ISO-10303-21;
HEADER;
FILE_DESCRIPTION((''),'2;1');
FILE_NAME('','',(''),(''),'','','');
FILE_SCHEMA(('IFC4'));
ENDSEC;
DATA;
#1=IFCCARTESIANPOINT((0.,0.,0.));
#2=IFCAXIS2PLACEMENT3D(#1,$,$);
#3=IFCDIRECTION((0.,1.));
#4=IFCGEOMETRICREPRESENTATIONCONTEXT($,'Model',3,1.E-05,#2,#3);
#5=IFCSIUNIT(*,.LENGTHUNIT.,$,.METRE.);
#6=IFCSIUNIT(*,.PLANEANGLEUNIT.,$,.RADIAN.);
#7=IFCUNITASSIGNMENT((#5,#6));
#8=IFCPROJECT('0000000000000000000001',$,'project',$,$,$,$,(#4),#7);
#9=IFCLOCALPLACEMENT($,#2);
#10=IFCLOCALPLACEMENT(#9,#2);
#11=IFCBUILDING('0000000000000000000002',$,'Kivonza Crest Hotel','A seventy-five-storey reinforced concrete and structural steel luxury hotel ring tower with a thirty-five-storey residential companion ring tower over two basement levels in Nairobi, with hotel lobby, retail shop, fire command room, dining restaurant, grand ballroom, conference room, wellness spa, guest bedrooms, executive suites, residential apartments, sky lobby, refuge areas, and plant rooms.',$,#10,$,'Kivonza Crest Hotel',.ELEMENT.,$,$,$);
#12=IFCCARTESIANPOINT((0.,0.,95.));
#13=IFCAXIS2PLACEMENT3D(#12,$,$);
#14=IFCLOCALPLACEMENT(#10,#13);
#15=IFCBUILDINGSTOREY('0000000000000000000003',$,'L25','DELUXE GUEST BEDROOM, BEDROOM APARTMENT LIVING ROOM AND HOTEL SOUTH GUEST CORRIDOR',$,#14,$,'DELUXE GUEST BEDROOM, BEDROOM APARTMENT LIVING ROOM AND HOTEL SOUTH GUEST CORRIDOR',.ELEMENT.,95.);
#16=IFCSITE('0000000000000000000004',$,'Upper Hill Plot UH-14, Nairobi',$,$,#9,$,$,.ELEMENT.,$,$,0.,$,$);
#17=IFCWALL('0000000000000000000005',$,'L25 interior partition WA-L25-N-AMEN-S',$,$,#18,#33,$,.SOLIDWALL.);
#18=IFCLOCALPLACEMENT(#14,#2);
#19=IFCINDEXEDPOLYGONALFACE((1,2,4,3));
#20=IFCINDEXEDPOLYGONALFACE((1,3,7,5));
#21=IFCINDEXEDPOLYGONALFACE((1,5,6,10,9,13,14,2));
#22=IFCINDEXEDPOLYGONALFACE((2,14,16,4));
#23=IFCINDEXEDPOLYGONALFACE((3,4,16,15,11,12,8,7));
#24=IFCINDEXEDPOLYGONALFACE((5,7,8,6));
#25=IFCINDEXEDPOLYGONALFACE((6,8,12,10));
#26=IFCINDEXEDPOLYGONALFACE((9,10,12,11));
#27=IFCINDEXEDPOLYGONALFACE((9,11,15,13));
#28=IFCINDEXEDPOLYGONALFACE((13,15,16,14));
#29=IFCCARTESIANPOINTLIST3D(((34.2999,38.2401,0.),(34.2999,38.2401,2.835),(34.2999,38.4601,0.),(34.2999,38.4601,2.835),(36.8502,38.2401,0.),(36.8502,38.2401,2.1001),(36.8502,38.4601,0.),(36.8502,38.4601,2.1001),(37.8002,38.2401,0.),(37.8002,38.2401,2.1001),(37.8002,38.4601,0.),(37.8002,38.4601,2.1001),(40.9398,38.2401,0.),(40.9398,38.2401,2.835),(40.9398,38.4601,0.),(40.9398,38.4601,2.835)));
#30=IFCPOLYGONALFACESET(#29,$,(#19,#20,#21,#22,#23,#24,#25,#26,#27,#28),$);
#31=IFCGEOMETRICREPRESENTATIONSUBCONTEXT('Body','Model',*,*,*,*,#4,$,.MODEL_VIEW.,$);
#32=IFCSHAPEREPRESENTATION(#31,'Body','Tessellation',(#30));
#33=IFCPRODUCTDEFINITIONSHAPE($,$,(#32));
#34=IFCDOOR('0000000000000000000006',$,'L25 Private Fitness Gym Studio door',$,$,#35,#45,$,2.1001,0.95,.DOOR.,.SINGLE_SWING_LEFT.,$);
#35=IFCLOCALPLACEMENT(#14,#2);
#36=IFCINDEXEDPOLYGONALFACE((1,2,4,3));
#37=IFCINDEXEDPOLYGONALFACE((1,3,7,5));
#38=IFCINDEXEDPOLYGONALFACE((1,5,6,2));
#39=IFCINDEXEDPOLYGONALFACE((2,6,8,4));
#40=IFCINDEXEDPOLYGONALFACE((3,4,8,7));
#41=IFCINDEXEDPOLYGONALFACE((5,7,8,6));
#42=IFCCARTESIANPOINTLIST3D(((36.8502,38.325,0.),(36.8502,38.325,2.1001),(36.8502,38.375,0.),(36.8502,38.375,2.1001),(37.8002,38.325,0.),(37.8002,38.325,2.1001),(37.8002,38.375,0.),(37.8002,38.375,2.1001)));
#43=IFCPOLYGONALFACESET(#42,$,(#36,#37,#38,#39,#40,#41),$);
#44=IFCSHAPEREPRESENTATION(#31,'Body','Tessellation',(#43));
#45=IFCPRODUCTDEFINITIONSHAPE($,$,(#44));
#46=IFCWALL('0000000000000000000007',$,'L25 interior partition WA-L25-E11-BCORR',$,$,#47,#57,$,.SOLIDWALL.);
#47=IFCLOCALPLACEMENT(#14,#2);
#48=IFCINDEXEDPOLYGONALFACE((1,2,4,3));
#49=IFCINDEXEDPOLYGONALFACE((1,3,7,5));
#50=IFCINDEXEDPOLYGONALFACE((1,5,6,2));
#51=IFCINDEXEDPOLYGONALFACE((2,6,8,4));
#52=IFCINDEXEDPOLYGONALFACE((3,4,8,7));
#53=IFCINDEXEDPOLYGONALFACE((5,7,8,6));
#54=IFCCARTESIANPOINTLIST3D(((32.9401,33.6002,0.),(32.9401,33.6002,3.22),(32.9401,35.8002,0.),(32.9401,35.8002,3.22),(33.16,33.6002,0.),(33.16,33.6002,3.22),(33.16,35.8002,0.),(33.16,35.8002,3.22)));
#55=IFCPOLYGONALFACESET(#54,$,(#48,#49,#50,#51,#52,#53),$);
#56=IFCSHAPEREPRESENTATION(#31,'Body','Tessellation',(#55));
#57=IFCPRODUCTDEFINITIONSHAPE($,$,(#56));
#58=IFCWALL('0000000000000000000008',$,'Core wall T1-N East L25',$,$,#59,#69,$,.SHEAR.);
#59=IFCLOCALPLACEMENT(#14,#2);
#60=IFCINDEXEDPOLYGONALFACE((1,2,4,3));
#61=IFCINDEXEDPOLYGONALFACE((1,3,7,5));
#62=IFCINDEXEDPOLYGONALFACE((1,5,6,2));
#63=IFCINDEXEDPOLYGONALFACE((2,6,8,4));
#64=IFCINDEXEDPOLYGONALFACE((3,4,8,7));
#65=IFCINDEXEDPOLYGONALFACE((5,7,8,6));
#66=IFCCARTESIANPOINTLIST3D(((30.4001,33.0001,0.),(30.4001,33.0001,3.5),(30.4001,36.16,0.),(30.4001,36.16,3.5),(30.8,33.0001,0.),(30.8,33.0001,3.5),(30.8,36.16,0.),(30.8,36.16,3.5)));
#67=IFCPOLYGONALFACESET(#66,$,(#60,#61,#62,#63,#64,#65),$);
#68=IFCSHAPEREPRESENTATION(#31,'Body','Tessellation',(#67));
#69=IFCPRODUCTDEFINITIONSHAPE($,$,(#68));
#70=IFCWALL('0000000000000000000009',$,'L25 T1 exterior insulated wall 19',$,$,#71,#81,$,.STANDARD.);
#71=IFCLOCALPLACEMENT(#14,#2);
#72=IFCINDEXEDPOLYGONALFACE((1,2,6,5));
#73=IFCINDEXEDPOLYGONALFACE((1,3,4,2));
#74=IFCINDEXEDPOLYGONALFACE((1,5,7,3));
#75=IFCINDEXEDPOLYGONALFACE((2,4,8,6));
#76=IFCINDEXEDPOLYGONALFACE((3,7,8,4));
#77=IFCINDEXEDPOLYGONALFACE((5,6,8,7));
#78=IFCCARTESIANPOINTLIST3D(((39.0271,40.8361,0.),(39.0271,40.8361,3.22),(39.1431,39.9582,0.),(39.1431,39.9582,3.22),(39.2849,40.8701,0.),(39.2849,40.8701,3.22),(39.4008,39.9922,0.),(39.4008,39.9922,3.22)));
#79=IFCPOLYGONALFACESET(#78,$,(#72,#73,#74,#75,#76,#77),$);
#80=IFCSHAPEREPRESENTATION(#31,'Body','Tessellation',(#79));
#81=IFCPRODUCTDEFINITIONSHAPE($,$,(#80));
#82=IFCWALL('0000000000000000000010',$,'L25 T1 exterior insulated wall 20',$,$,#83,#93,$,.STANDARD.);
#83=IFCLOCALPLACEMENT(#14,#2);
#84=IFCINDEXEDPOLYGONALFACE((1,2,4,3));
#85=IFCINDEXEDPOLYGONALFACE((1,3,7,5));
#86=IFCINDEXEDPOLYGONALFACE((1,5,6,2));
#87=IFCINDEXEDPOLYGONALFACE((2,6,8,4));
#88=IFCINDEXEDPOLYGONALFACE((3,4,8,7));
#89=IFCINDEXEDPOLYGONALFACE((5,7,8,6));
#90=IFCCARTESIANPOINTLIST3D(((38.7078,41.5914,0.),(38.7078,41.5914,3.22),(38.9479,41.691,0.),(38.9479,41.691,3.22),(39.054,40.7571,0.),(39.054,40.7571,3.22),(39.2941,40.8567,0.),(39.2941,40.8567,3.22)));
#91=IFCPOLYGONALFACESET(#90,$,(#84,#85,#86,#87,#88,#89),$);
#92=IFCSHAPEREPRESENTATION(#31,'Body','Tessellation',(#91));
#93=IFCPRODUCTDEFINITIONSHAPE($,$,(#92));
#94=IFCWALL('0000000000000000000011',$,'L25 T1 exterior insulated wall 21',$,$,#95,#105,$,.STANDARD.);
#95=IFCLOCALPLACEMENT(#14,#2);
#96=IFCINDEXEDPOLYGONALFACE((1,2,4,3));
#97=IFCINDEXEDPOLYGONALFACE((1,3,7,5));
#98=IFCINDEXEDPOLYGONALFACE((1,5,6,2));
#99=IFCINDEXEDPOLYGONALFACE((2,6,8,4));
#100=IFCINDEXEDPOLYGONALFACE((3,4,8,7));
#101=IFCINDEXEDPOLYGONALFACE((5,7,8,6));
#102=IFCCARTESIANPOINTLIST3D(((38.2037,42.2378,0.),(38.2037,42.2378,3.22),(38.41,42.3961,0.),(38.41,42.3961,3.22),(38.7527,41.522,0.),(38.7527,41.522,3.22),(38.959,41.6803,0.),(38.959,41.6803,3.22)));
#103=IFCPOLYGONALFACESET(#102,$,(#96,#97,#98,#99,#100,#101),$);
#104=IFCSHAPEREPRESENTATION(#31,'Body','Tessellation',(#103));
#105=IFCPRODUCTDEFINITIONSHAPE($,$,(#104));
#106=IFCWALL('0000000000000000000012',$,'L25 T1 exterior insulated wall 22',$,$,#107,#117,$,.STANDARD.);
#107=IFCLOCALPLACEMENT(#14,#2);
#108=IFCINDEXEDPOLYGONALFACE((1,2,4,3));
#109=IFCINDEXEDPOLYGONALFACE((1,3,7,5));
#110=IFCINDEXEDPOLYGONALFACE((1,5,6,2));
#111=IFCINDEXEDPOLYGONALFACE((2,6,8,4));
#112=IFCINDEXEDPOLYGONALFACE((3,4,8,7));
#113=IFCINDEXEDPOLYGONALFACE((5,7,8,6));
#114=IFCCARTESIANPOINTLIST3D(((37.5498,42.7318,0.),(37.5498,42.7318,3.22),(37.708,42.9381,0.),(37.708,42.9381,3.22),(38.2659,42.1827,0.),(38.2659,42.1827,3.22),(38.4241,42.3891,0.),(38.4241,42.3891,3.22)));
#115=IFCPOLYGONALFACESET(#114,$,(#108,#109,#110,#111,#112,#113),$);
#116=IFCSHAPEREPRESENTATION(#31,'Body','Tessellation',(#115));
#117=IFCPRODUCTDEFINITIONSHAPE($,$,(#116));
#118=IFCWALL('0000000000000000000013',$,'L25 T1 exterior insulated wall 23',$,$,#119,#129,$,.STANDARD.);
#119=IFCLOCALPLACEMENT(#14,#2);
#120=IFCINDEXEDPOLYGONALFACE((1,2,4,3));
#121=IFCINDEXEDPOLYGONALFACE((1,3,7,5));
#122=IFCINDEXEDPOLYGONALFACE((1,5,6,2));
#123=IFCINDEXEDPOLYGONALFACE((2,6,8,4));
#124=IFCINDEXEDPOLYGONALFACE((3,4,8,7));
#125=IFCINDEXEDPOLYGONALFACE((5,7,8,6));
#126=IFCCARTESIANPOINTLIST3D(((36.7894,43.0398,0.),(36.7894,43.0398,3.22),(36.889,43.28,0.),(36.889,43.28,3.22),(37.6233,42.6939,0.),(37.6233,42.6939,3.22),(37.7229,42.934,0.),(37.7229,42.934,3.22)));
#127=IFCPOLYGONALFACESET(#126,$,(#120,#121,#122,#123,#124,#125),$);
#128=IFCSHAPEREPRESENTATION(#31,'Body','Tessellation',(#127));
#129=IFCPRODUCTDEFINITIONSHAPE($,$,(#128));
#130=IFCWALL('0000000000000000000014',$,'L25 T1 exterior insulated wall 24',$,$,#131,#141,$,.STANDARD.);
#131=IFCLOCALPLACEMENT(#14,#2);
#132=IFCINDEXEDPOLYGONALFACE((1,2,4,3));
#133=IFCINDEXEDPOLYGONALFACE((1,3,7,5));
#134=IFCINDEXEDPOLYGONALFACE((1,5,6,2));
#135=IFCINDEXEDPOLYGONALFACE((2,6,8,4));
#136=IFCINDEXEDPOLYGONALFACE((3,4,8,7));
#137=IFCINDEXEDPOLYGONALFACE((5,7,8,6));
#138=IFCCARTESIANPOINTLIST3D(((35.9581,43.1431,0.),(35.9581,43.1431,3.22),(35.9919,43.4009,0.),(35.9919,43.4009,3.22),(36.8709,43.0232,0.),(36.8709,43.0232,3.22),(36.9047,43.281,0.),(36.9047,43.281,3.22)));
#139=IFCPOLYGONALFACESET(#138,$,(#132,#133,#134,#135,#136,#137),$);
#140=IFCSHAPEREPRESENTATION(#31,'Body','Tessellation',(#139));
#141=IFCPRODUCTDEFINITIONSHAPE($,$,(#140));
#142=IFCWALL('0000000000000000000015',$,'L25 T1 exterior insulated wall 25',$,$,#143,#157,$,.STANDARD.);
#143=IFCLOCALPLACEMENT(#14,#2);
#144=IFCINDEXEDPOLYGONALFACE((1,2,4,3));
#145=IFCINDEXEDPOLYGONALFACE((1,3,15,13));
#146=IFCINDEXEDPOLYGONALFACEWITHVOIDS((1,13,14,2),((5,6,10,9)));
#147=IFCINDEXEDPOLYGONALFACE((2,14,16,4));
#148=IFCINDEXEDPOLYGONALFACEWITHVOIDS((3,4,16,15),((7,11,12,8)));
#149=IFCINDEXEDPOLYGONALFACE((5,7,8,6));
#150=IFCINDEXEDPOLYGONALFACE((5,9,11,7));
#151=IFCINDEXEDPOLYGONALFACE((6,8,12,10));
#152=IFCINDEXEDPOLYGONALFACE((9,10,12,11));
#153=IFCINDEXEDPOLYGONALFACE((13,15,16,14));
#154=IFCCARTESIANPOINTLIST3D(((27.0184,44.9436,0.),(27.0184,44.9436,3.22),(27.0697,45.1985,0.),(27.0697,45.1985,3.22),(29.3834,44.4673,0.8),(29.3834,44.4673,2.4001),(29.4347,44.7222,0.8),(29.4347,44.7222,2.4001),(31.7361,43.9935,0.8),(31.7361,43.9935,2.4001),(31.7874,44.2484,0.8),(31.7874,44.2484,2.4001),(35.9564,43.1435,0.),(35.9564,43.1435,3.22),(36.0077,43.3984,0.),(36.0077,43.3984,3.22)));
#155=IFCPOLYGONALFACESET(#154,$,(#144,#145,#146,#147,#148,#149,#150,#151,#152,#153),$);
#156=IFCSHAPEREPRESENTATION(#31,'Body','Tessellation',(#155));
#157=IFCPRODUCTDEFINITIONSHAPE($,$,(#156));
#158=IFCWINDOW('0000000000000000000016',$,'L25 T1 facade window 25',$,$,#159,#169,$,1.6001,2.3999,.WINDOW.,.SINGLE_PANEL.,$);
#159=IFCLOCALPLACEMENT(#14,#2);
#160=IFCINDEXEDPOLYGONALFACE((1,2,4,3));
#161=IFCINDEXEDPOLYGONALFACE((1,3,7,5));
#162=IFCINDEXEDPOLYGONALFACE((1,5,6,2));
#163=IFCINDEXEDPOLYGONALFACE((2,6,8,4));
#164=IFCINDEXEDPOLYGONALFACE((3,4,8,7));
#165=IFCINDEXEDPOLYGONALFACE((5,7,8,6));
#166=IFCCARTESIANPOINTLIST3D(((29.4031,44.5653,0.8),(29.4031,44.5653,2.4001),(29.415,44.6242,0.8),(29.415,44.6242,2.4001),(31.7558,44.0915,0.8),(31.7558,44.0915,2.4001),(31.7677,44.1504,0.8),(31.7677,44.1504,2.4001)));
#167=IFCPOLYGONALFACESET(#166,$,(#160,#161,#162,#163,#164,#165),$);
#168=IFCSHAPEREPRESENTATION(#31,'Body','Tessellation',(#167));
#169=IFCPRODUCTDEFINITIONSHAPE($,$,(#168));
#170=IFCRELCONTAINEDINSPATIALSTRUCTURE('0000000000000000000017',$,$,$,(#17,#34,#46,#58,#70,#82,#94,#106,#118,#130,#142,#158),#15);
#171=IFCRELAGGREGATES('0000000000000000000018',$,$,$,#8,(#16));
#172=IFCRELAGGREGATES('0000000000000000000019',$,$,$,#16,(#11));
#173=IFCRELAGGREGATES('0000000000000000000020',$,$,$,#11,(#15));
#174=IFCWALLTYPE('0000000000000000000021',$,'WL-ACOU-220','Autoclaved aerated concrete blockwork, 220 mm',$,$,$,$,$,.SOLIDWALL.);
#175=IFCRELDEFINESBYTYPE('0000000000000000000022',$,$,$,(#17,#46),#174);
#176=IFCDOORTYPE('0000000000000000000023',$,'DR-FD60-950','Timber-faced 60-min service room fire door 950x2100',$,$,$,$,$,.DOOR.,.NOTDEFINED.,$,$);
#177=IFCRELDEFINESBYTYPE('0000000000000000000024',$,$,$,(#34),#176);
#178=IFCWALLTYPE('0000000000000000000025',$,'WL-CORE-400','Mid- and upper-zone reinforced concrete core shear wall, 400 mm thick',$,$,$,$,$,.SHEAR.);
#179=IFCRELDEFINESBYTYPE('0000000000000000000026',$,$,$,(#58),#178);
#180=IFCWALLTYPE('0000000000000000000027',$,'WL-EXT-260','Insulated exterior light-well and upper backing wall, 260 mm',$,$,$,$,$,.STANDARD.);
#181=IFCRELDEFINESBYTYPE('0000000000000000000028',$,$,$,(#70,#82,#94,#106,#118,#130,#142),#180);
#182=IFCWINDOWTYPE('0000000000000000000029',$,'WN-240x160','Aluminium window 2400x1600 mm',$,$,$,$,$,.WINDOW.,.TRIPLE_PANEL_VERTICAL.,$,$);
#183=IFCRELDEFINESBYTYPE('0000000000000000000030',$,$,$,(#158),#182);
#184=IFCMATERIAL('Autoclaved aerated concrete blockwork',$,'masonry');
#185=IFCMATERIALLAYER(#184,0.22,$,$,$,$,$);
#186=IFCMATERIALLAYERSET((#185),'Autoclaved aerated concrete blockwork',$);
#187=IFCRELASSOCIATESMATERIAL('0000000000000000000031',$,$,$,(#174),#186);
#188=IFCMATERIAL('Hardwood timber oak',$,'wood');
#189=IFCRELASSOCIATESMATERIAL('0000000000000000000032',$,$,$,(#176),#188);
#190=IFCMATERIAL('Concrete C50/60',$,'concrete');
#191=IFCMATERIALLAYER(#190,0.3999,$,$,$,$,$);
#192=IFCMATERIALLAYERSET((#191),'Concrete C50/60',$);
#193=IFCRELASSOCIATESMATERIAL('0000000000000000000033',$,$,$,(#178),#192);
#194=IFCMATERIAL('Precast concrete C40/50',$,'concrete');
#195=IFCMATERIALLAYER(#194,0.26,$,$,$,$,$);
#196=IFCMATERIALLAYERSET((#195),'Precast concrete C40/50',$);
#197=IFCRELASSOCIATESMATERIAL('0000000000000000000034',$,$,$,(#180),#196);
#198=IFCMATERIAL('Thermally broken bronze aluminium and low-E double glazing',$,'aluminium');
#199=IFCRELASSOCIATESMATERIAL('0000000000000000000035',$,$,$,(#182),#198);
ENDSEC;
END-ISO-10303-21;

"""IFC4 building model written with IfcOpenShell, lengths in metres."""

from ifc_helpers import new_model, si_unit, direction, frame, frame_2d, origin, place, context, subcontext, project, spatial, rectangle, extrude, material, layer, layer_set, type_object, element, fill, save


model = new_model("IFC4")

# Units and contexts
model_context = context("Model", 3, precision=1e-05, world=origin(), true_north=direction((0.0, 1.0)))
body_context = subcontext(model_context, "Body", "Model", "MODEL_VIEW")
ifc_project = project(units=[si_unit("LENGTHUNIT", "METRE"), si_unit("PLANEANGLEUNIT", "RADIAN")], contexts=[model_context])

# Site, building, storey
site_placement = place(None, origin())
site = spatial("IfcSite", under=ifc_project, at=site_placement, Name="Upper Hill Plot UH-14, Nairobi", CompositionType="ELEMENT", RefElevation=0.0)
building_placement = place(site_placement, origin())
building = spatial("IfcBuilding", under=site, at=building_placement, Name="Kivonza Crest Hotel", Description="A seventy-five-storey reinforced concrete and structural steel luxury hotel ring tower with a thirty-five-storey residential companion ring tower over two basement levels in Nairobi, with hotel lobby, retail shop, fire command room, dining restaurant, grand ballroom, conference room, wellness spa, guest bedrooms, executive suites, residential apartments, sky lobby, refuge areas, and plant rooms.", LongName="Kivonza Crest Hotel", CompositionType="ELEMENT")
storey_placement = place(building_placement, frame((0.0, 0.0, 95.0)))
storey = spatial("IfcBuildingStorey", under=building, at=storey_placement, Name="L25", Description="DELUXE GUEST BEDROOM, BEDROOM APARTMENT LIVING ROOM AND HOTEL SOUTH GUEST CORRIDOR", LongName="DELUXE GUEST BEDROOM, BEDROOM APARTMENT LIVING ROOM AND HOTEL SOUTH GUEST CORRIDOR", CompositionType="ELEMENT", Elevation=95.0)

# Wall, opening, door
ifc_material_1 = material(Name="Autoclaved aerated concrete blockwork", Category="masonry")
ifc_layer_1 = layer(ifc_material_1, 0.22)
ifc_layer_set_1 = layer_set([ifc_layer_1], Name="Autoclaved aerated concrete blockwork")
wall_type_1 = type_object("IfcWallType", Name="WL-ACOU-220", Description="Autoclaved aerated concrete blockwork, 220 mm", PredefinedType="SOLIDWALL", material=ifc_layer_set_1)
wall_1_placement = place(storey_placement, frame((34.3, 38.3501, 0.0), z_axis=(0.0, 0.0, 1.0), x_axis=(1.0, 0.0, 0.0)))
wall_1 = element("IfcWall", 1, at=wall_1_placement, inside=storey, type_object=wall_type_1, Name="L25 interior partition WA-L25-N-AMEN-S", PredefinedType="SOLIDWALL", context=body_context, shape_type="SweptSolid", body=[
    extrude(rectangle(XDim=6.6399, YDim=0.22, at=frame_2d((3.3198, 0.0))), origin(), (0.0, 0.0, 1.0), 2.835),
])
opening_1_placement = place(wall_1_placement, frame((2.55, 0.0, 0.0)))
opening_1 = element("IfcOpeningElement", 2, at=opening_1_placement, cuts=wall_1, PredefinedType="OPENING", context=body_context, shape_type="SweptSolid", body=[
    extrude(rectangle(XDim=0.95, YDim=2.1001, at=frame_2d((0.4751, 1.05))), frame((0.0, 0.1201, 0.0), z_axis=(0.0, -1.0, 0.0), x_axis=(1.0, 0.0, 0.0)), (0.0, 0.0, 1.0), 0.24),
])
ifc_material_2 = material(Name="Hardwood timber oak", Category="wood")
door_type_1 = type_object("IfcDoorType", Name="DR-FD60-950", Description="Timber-faced 60-min service room fire door 950x2100", OperationType="NOTDEFINED", PredefinedType="DOOR", material=ifc_material_2)
door_1_placement = place(opening_1_placement, origin())
door_1 = element("IfcDoor", 3, at=door_1_placement, inside=storey, type_object=door_type_1, Name="L25 Private Fitness Gym Studio door", OperationType="SINGLE_SWING_LEFT", OverallHeight=2.1001, OverallWidth=0.95, PredefinedType="DOOR", context=body_context, shape_type="SweptSolid", body=[
    extrude(rectangle(XDim=0.95, YDim=2.1001, at=frame_2d((0.4751, 1.05))), frame((0.0, 0.0249, 0.0), z_axis=(0.0, -1.0, 0.0), x_axis=(1.0, 0.0, 0.0)), (0.0, 0.0, 1.0), 0.05),
])
fill(opening_1, door_1)

# Walls
wall_2_placement = place(storey_placement, frame((33.05, 33.6001, 0.0), z_axis=(0.0, 0.0, 1.0), x_axis=(0.0, 1.0, 0.0)))
element("IfcWall", 4, at=wall_2_placement, inside=storey, type_object=wall_type_1, Name="L25 interior partition WA-L25-E11-BCORR", PredefinedType="SOLIDWALL", context=body_context, shape_type="SweptSolid", body=[
    extrude(rectangle(XDim=2.2, YDim=0.22, at=frame_2d((1.1001, 0.0))), origin(), (0.0, 0.0, 1.0), 3.22),
])
ifc_material_3 = material(Name="Concrete C50/60", Category="concrete")
ifc_layer_2 = layer(ifc_material_3, 0.3999)
ifc_layer_set_2 = layer_set([ifc_layer_2], Name="Concrete C50/60")
wall_type_2 = type_object("IfcWallType", Name="WL-CORE-400", Description="Mid- and upper-zone reinforced concrete core shear wall, 400 mm thick", PredefinedType="SHEAR", material=ifc_layer_set_2)
wall_3_placement = place(storey_placement, frame((30.6001, 33.0, 0.0), z_axis=(0.0, 0.0, 1.0), x_axis=(0.0, 1.0, 0.0)))
element("IfcWall", 5, at=wall_3_placement, inside=storey, type_object=wall_type_2, Name="Core wall T1-N East L25", PredefinedType="SHEAR", context=body_context, shape_type="SweptSolid", body=[
    extrude(rectangle(XDim=3.1599, YDim=0.3999, at=frame_2d((1.5801, 0.0))), origin(), (0.0, 0.0, 1.0), 3.5),
])
ifc_material_4 = material(Name="Precast concrete C40/50", Category="concrete")
ifc_layer_3 = layer(ifc_material_4, 0.26)
ifc_layer_set_3 = layer_set([ifc_layer_3], Name="Precast concrete C40/50")
wall_type_3 = type_object("IfcWallType", Name="WL-EXT-260", Description="Insulated exterior light-well and upper backing wall, 260 mm", PredefinedType="STANDARD", material=ifc_layer_set_3)
wall_4_placement = place(storey_placement, frame((39.272, 39.9751, 0.0), z_axis=(0.0, 0.0, 1.0), x_axis=(-0.130954, 0.991388, 0.0)))
element("IfcWall", 6, at=wall_4_placement, inside=storey, type_object=wall_type_3, Name="L25 T1 exterior insulated wall 19", PredefinedType="STANDARD", context=body_context, shape_type="SweptSolid", body=[
    extrude(rectangle(XDim=0.8855, YDim=0.26, at=frame_2d((0.4429, 0.0))), origin(), (0.0, 0.0, 1.0), 3.22),
])
wall_5_placement = place(storey_placement, frame((39.1741, 40.8069, 0.0), z_axis=(0.0, 0.0, 1.0), x_axis=(-0.383291, 0.923628, 0.0)))
element("IfcWall", 7, at=wall_5_placement, inside=storey, type_object=wall_type_3, Name="L25 T1 exterior insulated wall 20", PredefinedType="STANDARD", context=body_context, shape_type="SweptSolid", body=[
    extrude(rectangle(XDim=0.9033, YDim=0.26, at=frame_2d((0.4517, 0.0))), origin(), (0.0, 0.0, 1.0), 3.22),
])
wall_6_placement = place(storey_placement, frame((38.856, 41.6011, 0.0), z_axis=(0.0, 0.0, 1.0), x_axis=(-0.608625, 0.793458, 0.0)))
element("IfcWall", 8, at=wall_6_placement, inside=storey, type_object=wall_type_3, Name="L25 T1 exterior insulated wall 21", PredefinedType="STANDARD", context=body_context, shape_type="SweptSolid", body=[
    extrude(rectangle(XDim=0.9021, YDim=0.26, at=frame_2d((0.4512, 0.0))), origin(), (0.0, 0.0, 1.0), 3.22),
])
wall_7_placement = place(storey_placement, frame((38.345, 42.2859, 0.0), z_axis=(0.0, 0.0, 1.0), x_axis=(-0.793558, 0.608494, 0.0)))
element("IfcWall", 9, at=wall_7_placement, inside=storey, type_object=wall_type_3, Name="L25 T1 exterior insulated wall 22", PredefinedType="STANDARD", context=body_context, shape_type="SweptSolid", body=[
    extrude(rectangle(XDim=0.9023, YDim=0.26, at=frame_2d((0.4512, 0.0))), origin(), (0.0, 0.0, 1.0), 3.22),
])
wall_8_placement = place(storey_placement, frame((37.6731, 42.814, 0.0), z_axis=(0.0, 0.0, 1.0), x_axis=(-0.923684, 0.383156, 0.0)))
element("IfcWall", 10, at=wall_8_placement, inside=storey, type_object=wall_type_3, Name="L25 T1 exterior insulated wall 23", PredefinedType="STANDARD", context=body_context, shape_type="SweptSolid", body=[
    extrude(rectangle(XDim=0.9028, YDim=0.26, at=frame_2d((0.4514, 0.0))), origin(), (0.0, 0.0, 1.0), 3.22),
])
wall_9_placement = place(storey_placement, frame((36.8879, 43.1521, 0.0), z_axis=(0.0, 0.0, 1.0), x_axis=(-0.991488, 0.130201, 0.0)))
element("IfcWall", 11, at=wall_9_placement, inside=storey, type_object=wall_type_3, Name="L25 T1 exterior insulated wall 24", PredefinedType="STANDARD", context=body_context, shape_type="SweptSolid", body=[
    extrude(rectangle(XDim=0.9207, YDim=0.26, at=frame_2d((0.4604, 0.0))), origin(), (0.0, 0.0, 1.0), 3.22),
])

# Wall, opening, window
wall_10_placement = place(storey_placement, frame((35.9819, 43.271, 0.0), z_axis=(0.0, 0.0, 1.0), x_axis=(-0.980317, 0.197429, 0.0)))
wall_10 = element("IfcWall", 12, at=wall_10_placement, inside=storey, type_object=wall_type_3, Name="L25 T1 exterior insulated wall 25", PredefinedType="STANDARD", context=body_context, shape_type="SweptSolid", body=[
    extrude(rectangle(XDim=9.1174, YDim=0.26, at=frame_2d((4.5586, 0.0))), origin(), (0.0, 0.0, 1.0), 3.22),
])
opening_2_placement = place(wall_10_placement, frame((4.3049, 0.0, 0.8)))
opening_2 = element("IfcOpeningElement", 13, at=opening_2_placement, cuts=wall_10, PredefinedType="OPENING", context=body_context, shape_type="SweptSolid", body=[
    extrude(rectangle(XDim=2.3999, YDim=1.6001, at=frame_2d((1.2, 0.8))), frame((0.0, 0.1401, 0.0), z_axis=(0.0, -1.0, 0.0), x_axis=(1.0, 0.0, 0.0)), (0.0, 0.0, 1.0), 0.28),
])
ifc_material_5 = material(Name="Thermally broken bronze aluminium and low-E double glazing", Category="aluminium")
window_type = type_object("IfcWindowType", Name="WN-240x160", Description="Aluminium window 2400x1600 mm", PartitioningType="TRIPLE_PANEL_VERTICAL", PredefinedType="WINDOW", material=ifc_material_5)
window_placement = place(opening_2_placement, origin())
window = element("IfcWindow", 14, at=window_placement, inside=storey, type_object=window_type, Name="L25 T1 facade window 25", OverallHeight=1.6001, OverallWidth=2.3999, PartitioningType="SINGLE_PANEL", PredefinedType="WINDOW", context=body_context, shape_type="SweptSolid", body=[
    extrude(rectangle(XDim=2.3999, YDim=1.6001, at=frame_2d((1.2, 0.8))), frame((0.0, 0.03, 0.0), z_axis=(0.0, -1.0, 0.0), x_axis=(1.0, 0.0, 0.0)), (0.0, 0.0, 1.0), 0.0601),
])
fill(opening_2, window)

save(model, "model.ifc")
